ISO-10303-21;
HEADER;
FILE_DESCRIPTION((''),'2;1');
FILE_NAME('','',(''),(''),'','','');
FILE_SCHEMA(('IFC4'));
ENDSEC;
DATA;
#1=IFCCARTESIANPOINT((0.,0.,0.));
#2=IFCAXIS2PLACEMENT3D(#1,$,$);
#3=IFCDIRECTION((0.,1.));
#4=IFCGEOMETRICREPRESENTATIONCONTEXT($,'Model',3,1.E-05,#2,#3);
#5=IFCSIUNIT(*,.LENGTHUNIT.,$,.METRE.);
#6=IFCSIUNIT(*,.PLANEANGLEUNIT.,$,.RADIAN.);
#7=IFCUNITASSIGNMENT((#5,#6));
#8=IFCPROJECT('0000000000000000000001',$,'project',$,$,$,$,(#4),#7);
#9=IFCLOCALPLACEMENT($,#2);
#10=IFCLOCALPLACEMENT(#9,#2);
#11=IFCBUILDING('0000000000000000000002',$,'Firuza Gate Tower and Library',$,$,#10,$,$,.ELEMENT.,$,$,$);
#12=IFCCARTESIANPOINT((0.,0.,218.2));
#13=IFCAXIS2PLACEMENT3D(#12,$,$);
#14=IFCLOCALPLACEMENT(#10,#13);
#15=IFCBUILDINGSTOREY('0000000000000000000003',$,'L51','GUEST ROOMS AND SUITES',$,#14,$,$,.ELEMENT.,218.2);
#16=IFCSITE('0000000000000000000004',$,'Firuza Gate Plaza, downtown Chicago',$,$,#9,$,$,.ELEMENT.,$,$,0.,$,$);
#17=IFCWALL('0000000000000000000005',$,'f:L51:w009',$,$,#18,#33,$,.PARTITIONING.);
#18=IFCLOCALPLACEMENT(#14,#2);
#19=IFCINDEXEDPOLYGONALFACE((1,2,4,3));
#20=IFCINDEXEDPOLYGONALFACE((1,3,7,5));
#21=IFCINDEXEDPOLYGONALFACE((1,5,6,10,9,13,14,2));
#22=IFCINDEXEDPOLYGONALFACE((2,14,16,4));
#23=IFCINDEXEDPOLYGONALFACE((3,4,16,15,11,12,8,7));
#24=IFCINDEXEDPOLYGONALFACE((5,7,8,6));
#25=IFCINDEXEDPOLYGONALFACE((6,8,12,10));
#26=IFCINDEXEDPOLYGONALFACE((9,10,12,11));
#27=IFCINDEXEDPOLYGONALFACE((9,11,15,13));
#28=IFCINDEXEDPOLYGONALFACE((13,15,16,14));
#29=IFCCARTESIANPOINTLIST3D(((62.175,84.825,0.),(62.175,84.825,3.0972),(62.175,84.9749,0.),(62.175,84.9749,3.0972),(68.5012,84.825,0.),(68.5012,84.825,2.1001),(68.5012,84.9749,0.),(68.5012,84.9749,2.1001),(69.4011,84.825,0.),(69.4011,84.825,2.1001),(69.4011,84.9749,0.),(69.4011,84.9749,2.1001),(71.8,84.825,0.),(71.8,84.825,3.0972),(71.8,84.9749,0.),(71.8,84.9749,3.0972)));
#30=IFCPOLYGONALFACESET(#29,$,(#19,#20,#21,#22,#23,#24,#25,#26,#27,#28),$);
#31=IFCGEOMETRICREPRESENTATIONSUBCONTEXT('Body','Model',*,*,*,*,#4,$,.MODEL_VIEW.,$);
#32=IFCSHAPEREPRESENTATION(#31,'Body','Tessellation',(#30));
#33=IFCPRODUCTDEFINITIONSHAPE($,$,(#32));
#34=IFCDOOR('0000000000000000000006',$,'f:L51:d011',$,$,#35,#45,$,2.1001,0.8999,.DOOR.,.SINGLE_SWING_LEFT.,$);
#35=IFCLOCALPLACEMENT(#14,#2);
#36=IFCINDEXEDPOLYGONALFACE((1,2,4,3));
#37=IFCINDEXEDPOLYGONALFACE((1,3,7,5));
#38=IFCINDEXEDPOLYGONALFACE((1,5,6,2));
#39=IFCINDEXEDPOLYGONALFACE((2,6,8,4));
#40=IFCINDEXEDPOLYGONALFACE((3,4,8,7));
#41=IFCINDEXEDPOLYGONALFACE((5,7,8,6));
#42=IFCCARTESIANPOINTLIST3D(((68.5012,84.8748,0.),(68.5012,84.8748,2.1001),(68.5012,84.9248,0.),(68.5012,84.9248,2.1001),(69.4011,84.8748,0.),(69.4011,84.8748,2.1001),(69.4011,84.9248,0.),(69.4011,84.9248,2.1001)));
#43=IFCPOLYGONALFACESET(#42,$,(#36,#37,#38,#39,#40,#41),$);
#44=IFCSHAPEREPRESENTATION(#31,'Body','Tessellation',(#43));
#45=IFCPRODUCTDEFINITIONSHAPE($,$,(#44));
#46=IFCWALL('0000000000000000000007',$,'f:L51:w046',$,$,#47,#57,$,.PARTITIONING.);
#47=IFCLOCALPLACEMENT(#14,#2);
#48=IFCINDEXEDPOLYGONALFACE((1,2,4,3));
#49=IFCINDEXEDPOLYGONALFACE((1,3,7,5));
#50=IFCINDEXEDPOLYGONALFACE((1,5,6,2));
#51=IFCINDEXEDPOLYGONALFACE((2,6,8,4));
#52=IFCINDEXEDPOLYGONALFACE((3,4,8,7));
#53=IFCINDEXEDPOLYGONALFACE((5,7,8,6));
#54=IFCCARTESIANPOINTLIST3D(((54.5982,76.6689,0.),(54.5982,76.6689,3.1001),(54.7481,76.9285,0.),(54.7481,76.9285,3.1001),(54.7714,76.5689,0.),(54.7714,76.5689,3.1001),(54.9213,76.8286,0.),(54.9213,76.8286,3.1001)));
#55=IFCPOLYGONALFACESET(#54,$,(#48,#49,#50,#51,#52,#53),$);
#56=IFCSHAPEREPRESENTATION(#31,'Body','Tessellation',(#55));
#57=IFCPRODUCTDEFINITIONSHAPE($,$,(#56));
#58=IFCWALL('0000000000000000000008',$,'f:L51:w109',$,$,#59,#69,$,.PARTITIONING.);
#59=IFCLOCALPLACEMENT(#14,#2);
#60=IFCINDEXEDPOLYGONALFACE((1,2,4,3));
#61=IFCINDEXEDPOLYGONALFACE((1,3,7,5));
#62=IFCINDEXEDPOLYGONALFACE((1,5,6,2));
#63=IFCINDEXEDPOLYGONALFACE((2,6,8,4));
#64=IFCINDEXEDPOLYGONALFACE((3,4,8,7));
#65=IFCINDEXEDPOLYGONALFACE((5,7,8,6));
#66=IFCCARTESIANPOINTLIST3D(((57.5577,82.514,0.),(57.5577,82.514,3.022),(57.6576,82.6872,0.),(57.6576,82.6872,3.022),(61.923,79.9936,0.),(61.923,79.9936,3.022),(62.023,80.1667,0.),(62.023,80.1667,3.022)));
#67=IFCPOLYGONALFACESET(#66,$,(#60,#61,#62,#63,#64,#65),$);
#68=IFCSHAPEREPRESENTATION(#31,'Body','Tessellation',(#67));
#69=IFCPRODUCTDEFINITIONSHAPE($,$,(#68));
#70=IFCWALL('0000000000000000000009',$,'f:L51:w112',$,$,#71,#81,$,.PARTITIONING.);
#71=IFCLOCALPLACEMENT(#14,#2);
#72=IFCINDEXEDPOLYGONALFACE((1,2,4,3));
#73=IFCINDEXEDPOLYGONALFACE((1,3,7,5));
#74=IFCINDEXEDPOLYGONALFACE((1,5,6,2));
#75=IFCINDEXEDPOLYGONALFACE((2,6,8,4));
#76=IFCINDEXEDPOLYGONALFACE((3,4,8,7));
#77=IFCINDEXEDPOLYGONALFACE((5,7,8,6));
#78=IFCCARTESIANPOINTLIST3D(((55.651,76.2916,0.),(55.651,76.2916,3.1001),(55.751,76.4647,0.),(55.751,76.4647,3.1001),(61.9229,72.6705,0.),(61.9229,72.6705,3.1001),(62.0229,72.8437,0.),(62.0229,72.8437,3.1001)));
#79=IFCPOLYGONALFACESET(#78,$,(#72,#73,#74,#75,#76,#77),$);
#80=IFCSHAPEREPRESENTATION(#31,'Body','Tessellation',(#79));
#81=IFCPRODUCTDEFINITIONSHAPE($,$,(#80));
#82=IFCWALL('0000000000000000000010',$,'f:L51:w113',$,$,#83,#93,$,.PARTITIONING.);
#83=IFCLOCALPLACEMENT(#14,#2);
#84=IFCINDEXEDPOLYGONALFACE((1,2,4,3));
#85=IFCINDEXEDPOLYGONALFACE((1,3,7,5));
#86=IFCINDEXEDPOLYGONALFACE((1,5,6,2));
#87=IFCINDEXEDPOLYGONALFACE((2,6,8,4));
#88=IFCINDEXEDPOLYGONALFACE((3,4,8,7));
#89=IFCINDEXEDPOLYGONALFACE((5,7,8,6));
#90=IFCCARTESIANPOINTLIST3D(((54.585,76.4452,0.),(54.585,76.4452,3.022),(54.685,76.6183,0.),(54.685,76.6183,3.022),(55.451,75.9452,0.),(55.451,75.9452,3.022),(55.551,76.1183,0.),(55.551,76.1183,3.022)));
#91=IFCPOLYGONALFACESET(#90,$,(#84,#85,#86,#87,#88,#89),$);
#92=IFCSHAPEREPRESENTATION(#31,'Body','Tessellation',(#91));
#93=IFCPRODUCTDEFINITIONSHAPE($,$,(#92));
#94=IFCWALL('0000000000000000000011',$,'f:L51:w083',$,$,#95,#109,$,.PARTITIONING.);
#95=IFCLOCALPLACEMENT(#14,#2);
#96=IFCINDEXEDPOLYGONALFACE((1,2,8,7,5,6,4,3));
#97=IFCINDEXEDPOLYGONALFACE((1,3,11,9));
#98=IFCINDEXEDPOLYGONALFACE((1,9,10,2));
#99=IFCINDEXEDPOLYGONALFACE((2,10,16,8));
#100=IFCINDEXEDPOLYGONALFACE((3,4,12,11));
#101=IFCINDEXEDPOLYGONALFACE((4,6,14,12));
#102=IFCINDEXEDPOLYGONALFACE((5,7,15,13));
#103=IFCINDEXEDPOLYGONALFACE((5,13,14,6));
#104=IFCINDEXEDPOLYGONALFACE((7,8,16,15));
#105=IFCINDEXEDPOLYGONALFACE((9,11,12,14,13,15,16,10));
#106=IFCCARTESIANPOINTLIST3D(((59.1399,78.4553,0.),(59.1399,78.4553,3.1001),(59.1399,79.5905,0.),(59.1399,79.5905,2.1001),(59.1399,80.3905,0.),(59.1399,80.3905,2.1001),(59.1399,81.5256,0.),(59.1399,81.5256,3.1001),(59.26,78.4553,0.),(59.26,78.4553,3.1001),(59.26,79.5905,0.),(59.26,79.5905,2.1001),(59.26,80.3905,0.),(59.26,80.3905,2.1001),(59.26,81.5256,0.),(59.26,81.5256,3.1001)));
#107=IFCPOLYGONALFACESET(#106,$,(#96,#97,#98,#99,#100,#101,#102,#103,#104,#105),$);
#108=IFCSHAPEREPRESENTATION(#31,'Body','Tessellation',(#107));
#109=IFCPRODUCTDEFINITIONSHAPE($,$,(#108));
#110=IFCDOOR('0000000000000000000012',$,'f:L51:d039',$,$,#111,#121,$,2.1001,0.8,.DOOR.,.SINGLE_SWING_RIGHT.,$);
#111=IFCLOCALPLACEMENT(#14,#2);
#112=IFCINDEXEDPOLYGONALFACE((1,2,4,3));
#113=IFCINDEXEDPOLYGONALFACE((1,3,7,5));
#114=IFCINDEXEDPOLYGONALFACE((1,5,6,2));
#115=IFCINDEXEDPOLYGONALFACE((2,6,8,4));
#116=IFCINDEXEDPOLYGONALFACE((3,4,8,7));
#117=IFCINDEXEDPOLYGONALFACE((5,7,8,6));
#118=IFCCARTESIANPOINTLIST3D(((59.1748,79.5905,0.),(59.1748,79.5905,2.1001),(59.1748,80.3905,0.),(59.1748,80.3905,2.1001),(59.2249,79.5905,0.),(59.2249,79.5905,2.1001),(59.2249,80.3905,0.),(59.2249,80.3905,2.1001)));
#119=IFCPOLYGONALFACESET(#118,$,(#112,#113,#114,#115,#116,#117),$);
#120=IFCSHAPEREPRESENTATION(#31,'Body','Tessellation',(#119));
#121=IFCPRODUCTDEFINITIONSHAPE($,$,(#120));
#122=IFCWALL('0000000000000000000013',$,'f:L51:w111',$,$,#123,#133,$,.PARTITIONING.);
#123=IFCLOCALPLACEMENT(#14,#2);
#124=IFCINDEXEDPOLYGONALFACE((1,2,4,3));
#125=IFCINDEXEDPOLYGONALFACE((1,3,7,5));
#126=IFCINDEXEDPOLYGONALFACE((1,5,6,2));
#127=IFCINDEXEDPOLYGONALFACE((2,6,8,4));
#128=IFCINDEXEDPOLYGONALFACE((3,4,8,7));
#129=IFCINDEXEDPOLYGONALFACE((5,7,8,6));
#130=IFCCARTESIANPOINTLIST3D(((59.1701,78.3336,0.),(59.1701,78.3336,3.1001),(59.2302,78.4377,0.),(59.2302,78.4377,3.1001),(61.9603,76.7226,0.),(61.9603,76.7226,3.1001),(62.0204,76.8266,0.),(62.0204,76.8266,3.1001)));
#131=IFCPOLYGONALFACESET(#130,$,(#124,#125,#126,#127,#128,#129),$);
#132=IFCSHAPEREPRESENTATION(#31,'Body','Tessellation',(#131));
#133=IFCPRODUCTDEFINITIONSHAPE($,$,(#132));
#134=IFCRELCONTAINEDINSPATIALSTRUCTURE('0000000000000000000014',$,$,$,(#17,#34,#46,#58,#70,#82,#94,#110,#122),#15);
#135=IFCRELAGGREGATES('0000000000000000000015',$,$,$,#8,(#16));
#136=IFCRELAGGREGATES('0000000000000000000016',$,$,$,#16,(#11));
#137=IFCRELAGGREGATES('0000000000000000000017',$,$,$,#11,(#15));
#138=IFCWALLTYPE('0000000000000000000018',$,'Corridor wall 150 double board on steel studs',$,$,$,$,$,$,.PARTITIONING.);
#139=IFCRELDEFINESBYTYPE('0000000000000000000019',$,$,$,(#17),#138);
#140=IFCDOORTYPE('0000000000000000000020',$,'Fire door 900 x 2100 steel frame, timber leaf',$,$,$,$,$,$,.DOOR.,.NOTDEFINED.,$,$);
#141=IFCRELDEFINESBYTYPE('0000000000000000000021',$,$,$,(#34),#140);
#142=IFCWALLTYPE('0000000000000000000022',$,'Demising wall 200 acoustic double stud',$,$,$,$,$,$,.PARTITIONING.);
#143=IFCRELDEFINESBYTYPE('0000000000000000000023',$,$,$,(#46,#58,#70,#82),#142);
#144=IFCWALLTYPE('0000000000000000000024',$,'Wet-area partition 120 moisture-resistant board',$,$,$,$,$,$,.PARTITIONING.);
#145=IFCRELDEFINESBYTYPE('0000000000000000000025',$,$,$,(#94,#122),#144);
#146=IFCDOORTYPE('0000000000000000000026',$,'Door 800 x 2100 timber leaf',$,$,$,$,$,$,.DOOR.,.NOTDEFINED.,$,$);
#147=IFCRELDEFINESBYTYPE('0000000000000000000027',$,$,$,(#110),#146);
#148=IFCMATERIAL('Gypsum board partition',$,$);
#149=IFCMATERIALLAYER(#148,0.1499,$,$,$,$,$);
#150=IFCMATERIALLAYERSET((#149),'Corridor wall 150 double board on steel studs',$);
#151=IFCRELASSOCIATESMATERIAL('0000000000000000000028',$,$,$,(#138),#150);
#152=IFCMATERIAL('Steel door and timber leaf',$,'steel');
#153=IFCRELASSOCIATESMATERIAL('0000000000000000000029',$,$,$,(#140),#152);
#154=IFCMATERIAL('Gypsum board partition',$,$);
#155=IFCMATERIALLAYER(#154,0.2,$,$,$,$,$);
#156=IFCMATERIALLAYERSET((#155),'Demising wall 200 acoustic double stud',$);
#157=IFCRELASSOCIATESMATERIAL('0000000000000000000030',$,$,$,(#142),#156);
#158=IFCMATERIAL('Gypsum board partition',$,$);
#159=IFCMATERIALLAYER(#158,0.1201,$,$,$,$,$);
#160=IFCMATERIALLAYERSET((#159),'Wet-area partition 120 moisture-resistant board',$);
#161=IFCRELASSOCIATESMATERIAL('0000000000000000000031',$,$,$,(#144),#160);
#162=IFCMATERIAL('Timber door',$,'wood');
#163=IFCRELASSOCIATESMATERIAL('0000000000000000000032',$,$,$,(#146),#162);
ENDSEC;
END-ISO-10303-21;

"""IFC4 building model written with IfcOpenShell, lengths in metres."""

from ifc_helpers import new_model, si_unit, direction, frame, frame_2d, origin, place, context, subcontext, project, spatial, rectangle, extrude, material, layer, layer_set, type_object, element, fill, save


model = new_model("IFC4")

# Units and contexts
model_context = context("Model", 3, precision=1e-05, world=origin(), true_north=direction((0.0, 1.0)))
body_context = subcontext(model_context, "Body", "Model", "MODEL_VIEW")
ifc_project = project(units=[si_unit("LENGTHUNIT", "METRE"), si_unit("PLANEANGLEUNIT", "RADIAN")], contexts=[model_context])

# Site, building, storey
site_placement = place(None, origin())
site = spatial("IfcSite", under=ifc_project, at=site_placement, Name="Firuza Gate Plaza, downtown Chicago", CompositionType="ELEMENT", RefElevation=0.0)
building_placement = place(site_placement, origin())
building = spatial("IfcBuilding", under=site, at=building_placement, Name="Firuza Gate Tower and Library", CompositionType="ELEMENT")
storey_placement = place(building_placement, frame((0.0, 0.0, 218.2)))
storey = spatial("IfcBuildingStorey", under=building, at=storey_placement, Name="L51", Description="GUEST ROOMS AND SUITES", CompositionType="ELEMENT", Elevation=218.2)

# Wall, opening, door
ifc_material_1 = material(Name="Gypsum board partition")
ifc_layer_1 = layer(ifc_material_1, 0.1499)
ifc_layer_set_1 = layer_set([ifc_layer_1], Name="Corridor wall 150 double board on steel studs")
wall_type_1 = type_object("IfcWallType", Name="Corridor wall 150 double board on steel studs", PredefinedType="PARTITIONING", material=ifc_layer_set_1)
wall_1_placement = place(storey_placement, frame((62.175, 84.8999, 0.0), z_axis=(0.0, 0.0, 1.0), x_axis=(1.0, 0.0, 0.0)))
wall_1 = element("IfcWall", 1, at=wall_1_placement, inside=storey, type_object=wall_type_1, Name="f:L51:w009", PredefinedType="PARTITIONING", context=body_context, shape_type="SweptSolid", body=[
    extrude(rectangle(XDim=9.625, YDim=0.1499, at=frame_2d((4.8125, 0.0))), origin(), (0.0, 0.0, 1.0), 3.0972),
])
opening_1_placement = place(wall_1_placement, frame((6.3262, 0.0, 0.0)))
opening_1 = element("IfcOpeningElement", 2, at=opening_1_placement, cuts=wall_1, PredefinedType="OPENING", context=body_context, shape_type="SweptSolid", body=[
    extrude(rectangle(XDim=0.8999, YDim=2.1001, at=frame_2d((0.45, 1.05))), frame((0.0, 0.085, 0.0), z_axis=(0.0, -1.0, 0.0), x_axis=(1.0, 0.0, 0.0)), (0.0, 0.0, 1.0), 0.1699),
])
ifc_material_2 = material(Name="Steel door and timber leaf", Category="steel")
door_type_1 = type_object("IfcDoorType", Name="Fire door 900 x 2100 steel frame, timber leaf", OperationType="NOTDEFINED", PredefinedType="DOOR", material=ifc_material_2)
door_1_placement = place(opening_1_placement, origin())
door_1 = element("IfcDoor", 3, at=door_1_placement, inside=storey, type_object=door_type_1, Name="f:L51:d011", OperationType="SINGLE_SWING_LEFT", OverallHeight=2.1001, OverallWidth=0.8999, PredefinedType="DOOR", context=body_context, shape_type="SweptSolid", body=[
    extrude(rectangle(XDim=0.8999, YDim=2.1001, at=frame_2d((0.45, 1.05))), frame((0.0, 0.0249, 0.0), z_axis=(0.0, -1.0, 0.0), x_axis=(1.0, 0.0, 0.0)), (0.0, 0.0, 1.0), 0.05),
])
fill(opening_1, door_1)

# Walls
ifc_material_3 = material(Name="Gypsum board partition")
ifc_layer_2 = layer(ifc_material_3, 0.2)
ifc_layer_set_2 = layer_set([ifc_layer_2], Name="Demising wall 200 acoustic double stud")
wall_type_2 = type_object("IfcWallType", Name="Demising wall 200 acoustic double stud", PredefinedType="PARTITIONING", material=ifc_layer_set_2)
wall_2_placement = place(storey_placement, frame((54.6848, 76.6189, 0.0), z_axis=(0.0, 0.0, 1.0), x_axis=(0.499816, 0.866131, 0.0)))
element("IfcWall", 4, at=wall_2_placement, inside=storey, type_object=wall_type_2, Name="f:L51:w046", PredefinedType="PARTITIONING", context=body_context, shape_type="SweptSolid", body=[
    extrude(rectangle(XDim=0.2998, YDim=0.2, at=frame_2d((0.1499, 0.0))), origin(), (0.0, 0.0, 1.0), 3.1001),
])
wall_3_placement = place(storey_placement, frame((61.9731, 80.0801, 0.0), z_axis=(0.0, 0.0, 1.0), x_axis=(-0.866017, 0.500015, 0.0)))
element("IfcWall", 5, at=wall_3_placement, inside=storey, type_object=wall_type_2, Name="f:L51:w109", PredefinedType="PARTITIONING", context=body_context, shape_type="SweptSolid", body=[
    extrude(rectangle(XDim=5.0408, YDim=0.2, at=frame_2d((2.5205, 0.0))), origin(), (0.0, 0.0, 1.0), 3.022),
])
wall_4_placement = place(storey_placement, frame((61.9729, 72.7571, 0.0), z_axis=(0.0, 0.0, 1.0), x_axis=(-0.866027, 0.499997, 0.0)))
element("IfcWall", 6, at=wall_4_placement, inside=storey, type_object=wall_type_2, Name="f:L51:w112", PredefinedType="PARTITIONING", context=body_context, shape_type="SweptSolid", body=[
    extrude(rectangle(XDim=7.2422, YDim=0.2, at=frame_2d((3.6211, 0.0))), origin(), (0.0, 0.0, 1.0), 3.1001),
])
wall_5_placement = place(storey_placement, frame((55.501, 76.0317, 0.0), z_axis=(0.0, 0.0, 1.0), x_axis=(-0.866011, 0.500025, 0.0)))
element("IfcWall", 7, at=wall_5_placement, inside=storey, type_object=wall_type_2, Name="f:L51:w113", PredefinedType="PARTITIONING", context=body_context, shape_type="SweptSolid", body=[
    extrude(rectangle(XDim=1.0, YDim=0.2, at=frame_2d((0.5, 0.0))), origin(), (0.0, 0.0, 1.0), 3.022),
])

# Wall, opening, door
ifc_material_4 = material(Name="Gypsum board partition")
ifc_layer_3 = layer(ifc_material_4, 0.1201)
ifc_layer_set_3 = layer_set([ifc_layer_3], Name="Wet-area partition 120 moisture-resistant board")
wall_type_3 = type_object("IfcWallType", Name="Wet-area partition 120 moisture-resistant board", PredefinedType="PARTITIONING", material=ifc_layer_set_3)
wall_6_placement = place(storey_placement, frame((59.2, 81.5256, 0.0), z_axis=(0.0, 0.0, 1.0), x_axis=(0.0, -1.0, 0.0)))
wall_6 = element("IfcWall", 8, at=wall_6_placement, inside=storey, type_object=wall_type_3, Name="f:L51:w083", PredefinedType="PARTITIONING", context=body_context, shape_type="SweptSolid", body=[
    extrude(rectangle(XDim=3.0703, YDim=0.1201, at=frame_2d((1.5352, 0.0))), origin(), (0.0, 0.0, 1.0), 3.1001),
])
opening_2_placement = place(wall_6_placement, frame((1.1353, 0.0, 0.0)))
opening_2 = element("IfcOpeningElement", 9, at=opening_2_placement, cuts=wall_6, PredefinedType="OPENING", context=body_context, shape_type="SweptSolid", body=[
    extrude(rectangle(XDim=0.8, YDim=2.1001, at=frame_2d((0.3999, 1.05))), frame((0.0, 0.0701, 0.0), z_axis=(0.0, -1.0, 0.0), x_axis=(1.0, 0.0, 0.0)), (0.0, 0.0, 1.0), 0.1401),
])
ifc_material_5 = material(Name="Timber door", Category="wood")
door_type_2 = type_object("IfcDoorType", Name="Door 800 x 2100 timber leaf", OperationType="NOTDEFINED", PredefinedType="DOOR", material=ifc_material_5)
door_2_placement = place(opening_2_placement, origin())
door_2 = element("IfcDoor", 10, at=door_2_placement, inside=storey, type_object=door_type_2, Name="f:L51:d039", OperationType="SINGLE_SWING_RIGHT", OverallHeight=2.1001, OverallWidth=0.8, PredefinedType="DOOR", context=body_context, shape_type="SweptSolid", body=[
    extrude(rectangle(XDim=0.8, YDim=2.1001, at=frame_2d((0.3999, 1.05))), frame((0.0, 0.0249, 0.0), z_axis=(0.0, -1.0, 0.0), x_axis=(1.0, 0.0, 0.0)), (0.0, 0.0, 1.0), 0.05),
])
fill(opening_2, door_2)

# Wall
wall_7_placement = place(storey_placement, frame((61.9902, 76.7747, 0.0), z_axis=(0.0, 0.0, 1.0), x_axis=(-0.86601, 0.500026, 0.0)))
element("IfcWall", 11, at=wall_7_placement, inside=storey, type_object=wall_type_3, Name="f:L51:w111", PredefinedType="PARTITIONING", context=body_context, shape_type="SweptSolid", body=[
    extrude(rectangle(XDim=3.2219, YDim=0.1201, at=frame_2d((1.6108, 0.0))), origin(), (0.0, 0.0, 1.0), 3.1001),
])

save(model, "model.ifc")
